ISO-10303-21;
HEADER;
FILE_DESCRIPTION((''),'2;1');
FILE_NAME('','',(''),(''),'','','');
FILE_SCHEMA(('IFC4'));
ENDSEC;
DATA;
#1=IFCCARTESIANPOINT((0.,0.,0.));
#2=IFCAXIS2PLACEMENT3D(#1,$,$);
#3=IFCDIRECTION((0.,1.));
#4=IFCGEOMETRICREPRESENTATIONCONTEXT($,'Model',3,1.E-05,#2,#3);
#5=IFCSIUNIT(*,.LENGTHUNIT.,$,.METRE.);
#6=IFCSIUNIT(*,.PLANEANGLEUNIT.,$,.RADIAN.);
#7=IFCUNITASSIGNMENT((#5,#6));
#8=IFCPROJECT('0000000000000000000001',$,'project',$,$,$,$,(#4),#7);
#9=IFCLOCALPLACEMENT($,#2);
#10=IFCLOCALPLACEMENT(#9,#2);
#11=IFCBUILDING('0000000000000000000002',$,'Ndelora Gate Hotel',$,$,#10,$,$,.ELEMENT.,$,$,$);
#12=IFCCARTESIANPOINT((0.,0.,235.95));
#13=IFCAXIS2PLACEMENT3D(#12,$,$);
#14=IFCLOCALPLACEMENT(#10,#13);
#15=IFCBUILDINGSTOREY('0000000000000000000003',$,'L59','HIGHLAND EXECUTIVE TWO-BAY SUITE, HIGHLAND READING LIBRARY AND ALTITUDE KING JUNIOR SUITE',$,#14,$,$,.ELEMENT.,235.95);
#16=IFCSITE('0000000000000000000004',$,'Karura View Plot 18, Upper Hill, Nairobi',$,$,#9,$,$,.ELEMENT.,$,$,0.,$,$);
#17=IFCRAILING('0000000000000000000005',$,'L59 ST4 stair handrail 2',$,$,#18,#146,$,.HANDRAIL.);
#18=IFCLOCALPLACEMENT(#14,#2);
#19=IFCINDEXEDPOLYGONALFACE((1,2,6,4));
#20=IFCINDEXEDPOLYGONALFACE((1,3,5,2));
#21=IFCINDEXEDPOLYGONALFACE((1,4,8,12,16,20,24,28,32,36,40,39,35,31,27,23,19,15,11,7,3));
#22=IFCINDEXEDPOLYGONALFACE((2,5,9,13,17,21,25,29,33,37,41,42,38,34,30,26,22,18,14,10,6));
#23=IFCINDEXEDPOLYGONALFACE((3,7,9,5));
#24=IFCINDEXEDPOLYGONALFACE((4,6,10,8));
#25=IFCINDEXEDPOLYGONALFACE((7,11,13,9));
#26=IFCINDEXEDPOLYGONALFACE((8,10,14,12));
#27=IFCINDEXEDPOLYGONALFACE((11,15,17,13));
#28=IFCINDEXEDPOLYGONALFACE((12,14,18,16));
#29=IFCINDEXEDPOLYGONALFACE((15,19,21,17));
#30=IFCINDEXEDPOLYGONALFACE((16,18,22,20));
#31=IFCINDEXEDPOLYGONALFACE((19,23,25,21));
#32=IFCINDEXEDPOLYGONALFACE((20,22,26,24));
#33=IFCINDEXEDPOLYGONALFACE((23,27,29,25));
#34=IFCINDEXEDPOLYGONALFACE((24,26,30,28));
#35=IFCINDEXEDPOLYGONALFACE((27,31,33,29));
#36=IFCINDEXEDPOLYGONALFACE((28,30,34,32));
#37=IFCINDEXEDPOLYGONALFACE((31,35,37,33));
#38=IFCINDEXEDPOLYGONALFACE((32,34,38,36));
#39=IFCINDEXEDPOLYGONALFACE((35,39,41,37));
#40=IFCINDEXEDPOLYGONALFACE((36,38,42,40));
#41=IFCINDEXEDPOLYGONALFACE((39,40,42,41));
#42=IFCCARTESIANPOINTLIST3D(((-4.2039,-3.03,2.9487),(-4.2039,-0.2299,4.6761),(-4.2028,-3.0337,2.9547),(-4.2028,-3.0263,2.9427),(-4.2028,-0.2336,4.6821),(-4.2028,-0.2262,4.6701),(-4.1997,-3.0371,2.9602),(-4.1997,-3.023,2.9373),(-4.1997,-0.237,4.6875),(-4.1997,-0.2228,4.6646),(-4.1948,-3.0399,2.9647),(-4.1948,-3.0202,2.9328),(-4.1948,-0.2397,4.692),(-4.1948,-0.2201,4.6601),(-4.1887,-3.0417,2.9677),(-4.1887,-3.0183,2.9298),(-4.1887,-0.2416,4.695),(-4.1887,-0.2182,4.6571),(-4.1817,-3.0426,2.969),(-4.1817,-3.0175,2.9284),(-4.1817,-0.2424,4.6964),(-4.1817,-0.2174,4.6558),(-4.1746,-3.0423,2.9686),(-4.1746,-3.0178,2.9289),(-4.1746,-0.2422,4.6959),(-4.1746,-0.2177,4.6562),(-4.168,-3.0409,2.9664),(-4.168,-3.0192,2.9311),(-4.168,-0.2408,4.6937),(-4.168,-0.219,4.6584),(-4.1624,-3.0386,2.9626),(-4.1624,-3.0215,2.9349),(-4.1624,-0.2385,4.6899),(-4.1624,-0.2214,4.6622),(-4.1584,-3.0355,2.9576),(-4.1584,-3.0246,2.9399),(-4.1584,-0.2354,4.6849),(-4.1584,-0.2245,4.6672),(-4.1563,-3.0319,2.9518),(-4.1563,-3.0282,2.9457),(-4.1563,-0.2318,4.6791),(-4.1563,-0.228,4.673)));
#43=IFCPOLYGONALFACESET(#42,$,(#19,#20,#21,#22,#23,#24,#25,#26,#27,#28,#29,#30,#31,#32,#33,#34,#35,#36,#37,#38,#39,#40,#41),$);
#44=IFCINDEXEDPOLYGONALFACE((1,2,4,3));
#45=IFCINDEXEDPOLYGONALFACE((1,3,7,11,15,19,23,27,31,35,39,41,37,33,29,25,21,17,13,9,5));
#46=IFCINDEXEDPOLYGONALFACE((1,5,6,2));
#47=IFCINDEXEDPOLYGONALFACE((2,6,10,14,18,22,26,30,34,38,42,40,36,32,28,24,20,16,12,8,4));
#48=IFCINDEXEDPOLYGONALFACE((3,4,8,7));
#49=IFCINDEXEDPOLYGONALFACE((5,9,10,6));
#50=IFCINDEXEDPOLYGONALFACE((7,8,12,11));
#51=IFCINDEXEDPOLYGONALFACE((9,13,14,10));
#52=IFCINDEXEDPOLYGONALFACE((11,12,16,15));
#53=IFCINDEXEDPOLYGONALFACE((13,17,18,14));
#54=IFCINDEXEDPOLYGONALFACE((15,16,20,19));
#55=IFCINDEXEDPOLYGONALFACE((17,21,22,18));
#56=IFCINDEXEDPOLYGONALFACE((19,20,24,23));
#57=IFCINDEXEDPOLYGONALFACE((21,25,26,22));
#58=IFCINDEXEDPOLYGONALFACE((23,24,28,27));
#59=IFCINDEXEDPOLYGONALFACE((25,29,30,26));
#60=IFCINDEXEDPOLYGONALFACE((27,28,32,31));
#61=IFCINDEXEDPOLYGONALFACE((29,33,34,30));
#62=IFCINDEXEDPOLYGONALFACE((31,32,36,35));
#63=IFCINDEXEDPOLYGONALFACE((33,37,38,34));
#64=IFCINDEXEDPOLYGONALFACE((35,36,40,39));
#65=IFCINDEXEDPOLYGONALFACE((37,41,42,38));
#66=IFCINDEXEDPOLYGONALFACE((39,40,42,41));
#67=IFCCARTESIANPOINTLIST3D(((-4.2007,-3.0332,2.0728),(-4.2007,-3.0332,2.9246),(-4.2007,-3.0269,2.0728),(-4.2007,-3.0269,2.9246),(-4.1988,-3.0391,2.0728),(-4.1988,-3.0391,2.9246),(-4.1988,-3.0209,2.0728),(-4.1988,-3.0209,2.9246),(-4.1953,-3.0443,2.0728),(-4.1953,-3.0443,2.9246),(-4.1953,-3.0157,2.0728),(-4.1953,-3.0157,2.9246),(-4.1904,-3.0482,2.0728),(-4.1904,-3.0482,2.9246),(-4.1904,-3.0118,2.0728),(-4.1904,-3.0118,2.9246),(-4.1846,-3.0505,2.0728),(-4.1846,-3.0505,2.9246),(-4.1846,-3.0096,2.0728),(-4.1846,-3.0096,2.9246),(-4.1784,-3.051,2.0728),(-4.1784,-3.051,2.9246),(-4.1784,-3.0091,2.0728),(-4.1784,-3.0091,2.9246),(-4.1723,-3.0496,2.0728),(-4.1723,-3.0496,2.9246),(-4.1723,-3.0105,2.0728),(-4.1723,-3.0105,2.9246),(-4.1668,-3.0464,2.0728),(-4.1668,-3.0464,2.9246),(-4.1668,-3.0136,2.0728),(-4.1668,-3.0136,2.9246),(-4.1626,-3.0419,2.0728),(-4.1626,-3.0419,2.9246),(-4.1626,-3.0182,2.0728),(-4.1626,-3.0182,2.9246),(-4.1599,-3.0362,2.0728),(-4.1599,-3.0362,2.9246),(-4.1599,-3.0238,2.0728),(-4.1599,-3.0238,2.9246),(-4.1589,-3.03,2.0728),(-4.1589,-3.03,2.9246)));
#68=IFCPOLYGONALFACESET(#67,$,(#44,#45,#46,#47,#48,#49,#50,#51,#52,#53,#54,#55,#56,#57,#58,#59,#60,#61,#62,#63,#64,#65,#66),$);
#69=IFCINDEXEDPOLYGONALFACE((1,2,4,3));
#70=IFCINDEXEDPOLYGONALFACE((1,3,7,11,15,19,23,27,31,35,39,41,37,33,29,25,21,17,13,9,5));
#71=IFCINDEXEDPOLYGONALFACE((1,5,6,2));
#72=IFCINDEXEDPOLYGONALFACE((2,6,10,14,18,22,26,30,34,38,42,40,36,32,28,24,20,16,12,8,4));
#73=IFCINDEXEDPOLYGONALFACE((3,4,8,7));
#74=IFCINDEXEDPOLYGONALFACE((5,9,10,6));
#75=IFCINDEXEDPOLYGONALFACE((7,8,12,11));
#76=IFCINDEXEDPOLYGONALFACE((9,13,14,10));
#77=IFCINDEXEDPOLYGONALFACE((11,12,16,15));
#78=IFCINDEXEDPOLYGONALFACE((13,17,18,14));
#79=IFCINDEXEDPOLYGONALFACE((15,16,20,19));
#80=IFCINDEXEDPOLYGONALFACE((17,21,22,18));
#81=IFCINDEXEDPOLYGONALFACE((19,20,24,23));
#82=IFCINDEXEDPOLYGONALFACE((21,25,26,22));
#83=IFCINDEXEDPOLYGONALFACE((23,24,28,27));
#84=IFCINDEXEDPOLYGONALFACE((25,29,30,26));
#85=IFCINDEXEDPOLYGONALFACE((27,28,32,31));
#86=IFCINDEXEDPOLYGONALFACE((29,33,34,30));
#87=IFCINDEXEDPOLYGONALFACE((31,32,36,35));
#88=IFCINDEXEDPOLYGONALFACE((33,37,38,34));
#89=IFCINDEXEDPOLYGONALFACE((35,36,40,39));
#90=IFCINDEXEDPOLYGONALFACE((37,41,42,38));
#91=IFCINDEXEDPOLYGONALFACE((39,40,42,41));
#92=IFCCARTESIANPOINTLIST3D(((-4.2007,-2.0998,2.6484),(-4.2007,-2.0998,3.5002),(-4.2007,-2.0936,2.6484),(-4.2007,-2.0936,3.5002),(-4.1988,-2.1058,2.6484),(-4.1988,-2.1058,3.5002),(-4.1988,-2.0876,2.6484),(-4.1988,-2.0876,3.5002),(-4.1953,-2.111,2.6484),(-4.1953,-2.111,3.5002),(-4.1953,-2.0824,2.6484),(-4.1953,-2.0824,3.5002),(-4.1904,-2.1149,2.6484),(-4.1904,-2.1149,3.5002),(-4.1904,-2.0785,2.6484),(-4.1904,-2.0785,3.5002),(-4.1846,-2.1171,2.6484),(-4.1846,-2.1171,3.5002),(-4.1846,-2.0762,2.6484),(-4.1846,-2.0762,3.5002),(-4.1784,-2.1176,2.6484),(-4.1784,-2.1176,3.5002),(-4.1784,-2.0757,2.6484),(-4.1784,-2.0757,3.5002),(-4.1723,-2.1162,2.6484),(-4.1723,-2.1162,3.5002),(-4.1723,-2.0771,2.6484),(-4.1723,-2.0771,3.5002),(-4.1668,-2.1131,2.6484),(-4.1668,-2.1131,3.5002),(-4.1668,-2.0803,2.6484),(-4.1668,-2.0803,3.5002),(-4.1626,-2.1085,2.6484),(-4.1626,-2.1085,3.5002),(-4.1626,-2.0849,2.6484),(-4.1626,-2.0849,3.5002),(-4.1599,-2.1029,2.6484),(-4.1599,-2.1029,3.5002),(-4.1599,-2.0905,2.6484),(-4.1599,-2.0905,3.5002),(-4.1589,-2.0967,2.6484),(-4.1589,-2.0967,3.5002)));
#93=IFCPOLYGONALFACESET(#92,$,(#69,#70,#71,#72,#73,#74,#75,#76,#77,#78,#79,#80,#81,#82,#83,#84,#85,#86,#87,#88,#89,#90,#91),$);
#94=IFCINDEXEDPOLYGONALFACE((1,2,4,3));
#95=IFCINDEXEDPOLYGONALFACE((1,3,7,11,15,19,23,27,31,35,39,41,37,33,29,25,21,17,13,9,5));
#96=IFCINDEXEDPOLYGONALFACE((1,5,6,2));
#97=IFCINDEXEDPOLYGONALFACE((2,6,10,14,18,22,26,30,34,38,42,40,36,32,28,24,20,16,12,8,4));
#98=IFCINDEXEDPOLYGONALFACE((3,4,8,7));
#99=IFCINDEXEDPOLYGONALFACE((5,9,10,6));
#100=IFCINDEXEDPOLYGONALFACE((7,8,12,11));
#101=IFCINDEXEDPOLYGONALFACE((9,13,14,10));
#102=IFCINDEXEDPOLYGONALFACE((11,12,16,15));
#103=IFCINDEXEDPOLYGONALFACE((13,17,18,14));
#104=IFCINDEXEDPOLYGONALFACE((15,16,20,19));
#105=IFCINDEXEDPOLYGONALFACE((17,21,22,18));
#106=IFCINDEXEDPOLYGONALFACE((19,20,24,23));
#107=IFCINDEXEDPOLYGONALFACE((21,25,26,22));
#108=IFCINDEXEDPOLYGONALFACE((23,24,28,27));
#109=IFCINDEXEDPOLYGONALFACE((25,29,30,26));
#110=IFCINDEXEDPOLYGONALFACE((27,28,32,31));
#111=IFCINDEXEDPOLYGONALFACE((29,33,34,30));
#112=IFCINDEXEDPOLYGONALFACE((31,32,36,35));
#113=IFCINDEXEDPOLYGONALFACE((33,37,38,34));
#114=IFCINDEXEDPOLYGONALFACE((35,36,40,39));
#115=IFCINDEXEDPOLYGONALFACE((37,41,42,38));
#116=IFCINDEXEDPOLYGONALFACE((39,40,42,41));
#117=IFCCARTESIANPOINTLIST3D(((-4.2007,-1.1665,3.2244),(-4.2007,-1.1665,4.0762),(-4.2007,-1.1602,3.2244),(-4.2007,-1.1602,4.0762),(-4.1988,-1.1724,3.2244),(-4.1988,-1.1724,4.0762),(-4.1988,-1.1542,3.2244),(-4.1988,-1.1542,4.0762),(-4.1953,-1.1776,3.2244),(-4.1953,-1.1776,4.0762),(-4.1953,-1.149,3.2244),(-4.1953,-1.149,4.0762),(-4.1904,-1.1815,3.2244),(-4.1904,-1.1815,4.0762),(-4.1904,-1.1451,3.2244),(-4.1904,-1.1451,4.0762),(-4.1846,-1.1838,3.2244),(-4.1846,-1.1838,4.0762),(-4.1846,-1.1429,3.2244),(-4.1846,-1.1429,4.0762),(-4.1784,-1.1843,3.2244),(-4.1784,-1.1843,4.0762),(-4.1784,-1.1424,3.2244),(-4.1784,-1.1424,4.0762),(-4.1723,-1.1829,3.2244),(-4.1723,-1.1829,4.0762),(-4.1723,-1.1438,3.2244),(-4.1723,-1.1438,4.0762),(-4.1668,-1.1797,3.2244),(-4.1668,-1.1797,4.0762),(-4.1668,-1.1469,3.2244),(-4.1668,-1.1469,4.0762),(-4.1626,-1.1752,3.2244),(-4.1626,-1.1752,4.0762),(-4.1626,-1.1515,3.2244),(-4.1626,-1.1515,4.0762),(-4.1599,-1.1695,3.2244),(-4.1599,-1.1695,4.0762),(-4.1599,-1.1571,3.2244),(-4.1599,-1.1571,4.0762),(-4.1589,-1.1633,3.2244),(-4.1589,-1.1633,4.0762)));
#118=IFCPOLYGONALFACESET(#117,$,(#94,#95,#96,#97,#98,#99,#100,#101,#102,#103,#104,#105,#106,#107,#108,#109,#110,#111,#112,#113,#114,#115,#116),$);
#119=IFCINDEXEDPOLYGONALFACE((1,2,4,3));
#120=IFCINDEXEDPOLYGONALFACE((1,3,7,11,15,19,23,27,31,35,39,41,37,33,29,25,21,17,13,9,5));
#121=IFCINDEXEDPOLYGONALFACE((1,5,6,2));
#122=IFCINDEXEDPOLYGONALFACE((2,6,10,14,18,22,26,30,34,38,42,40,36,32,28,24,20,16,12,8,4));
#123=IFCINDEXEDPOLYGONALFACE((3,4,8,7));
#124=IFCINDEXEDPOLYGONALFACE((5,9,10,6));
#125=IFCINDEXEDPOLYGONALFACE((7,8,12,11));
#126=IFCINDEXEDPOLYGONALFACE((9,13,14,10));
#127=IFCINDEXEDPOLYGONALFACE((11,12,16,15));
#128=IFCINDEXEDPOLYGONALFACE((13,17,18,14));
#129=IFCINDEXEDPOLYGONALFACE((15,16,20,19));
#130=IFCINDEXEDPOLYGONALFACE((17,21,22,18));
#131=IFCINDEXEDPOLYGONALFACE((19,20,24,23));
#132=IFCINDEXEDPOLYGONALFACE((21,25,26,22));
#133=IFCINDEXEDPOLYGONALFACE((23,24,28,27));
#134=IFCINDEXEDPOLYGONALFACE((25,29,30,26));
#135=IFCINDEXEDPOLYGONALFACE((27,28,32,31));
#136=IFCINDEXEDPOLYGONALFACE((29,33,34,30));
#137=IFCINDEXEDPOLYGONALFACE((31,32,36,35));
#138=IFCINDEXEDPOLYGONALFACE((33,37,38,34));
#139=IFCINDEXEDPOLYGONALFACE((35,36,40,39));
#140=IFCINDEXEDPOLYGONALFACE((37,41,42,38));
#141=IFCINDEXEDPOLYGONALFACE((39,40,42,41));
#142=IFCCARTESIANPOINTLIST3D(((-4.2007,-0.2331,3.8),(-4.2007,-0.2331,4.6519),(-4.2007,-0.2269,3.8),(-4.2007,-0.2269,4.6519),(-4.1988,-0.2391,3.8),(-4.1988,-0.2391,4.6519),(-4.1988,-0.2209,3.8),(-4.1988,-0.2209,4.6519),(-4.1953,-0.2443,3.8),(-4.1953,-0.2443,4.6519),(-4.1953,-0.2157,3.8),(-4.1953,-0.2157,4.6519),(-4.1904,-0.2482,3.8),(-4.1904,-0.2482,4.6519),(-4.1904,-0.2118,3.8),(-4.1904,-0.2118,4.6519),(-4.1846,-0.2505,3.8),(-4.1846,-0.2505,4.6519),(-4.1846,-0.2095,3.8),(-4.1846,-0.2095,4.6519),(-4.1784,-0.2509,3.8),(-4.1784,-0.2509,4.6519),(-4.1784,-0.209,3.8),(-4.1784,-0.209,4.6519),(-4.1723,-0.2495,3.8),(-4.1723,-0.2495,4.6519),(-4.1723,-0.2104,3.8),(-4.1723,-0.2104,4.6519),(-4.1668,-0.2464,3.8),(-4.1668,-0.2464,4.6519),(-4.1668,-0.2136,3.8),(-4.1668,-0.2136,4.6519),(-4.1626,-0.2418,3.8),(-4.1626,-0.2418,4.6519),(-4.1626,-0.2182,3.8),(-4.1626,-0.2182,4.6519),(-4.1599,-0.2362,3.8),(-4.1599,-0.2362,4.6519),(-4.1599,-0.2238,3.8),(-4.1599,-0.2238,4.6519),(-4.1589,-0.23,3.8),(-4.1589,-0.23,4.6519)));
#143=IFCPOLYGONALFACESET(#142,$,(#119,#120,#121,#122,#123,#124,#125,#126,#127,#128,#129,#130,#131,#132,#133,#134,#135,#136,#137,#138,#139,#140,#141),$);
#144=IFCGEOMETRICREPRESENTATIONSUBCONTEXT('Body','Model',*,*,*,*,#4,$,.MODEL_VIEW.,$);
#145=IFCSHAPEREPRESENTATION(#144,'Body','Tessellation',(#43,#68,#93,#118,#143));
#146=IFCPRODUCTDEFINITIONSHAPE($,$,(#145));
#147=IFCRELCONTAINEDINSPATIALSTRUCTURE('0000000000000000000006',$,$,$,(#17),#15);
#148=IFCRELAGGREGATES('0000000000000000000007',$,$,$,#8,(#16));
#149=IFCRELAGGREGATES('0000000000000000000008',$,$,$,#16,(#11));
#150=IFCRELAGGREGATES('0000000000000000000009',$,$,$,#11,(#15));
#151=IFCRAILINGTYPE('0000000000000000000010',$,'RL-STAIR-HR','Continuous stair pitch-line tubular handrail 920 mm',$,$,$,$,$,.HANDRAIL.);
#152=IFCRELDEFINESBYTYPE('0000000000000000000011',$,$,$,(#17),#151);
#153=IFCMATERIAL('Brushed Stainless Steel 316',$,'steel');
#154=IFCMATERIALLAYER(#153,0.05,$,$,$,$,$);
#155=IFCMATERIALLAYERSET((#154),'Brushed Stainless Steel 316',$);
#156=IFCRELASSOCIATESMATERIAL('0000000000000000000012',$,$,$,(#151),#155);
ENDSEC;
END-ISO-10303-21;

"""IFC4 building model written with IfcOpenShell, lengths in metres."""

from ifc_helpers import new_model, si_unit, direction, frame, origin, origin_2d, place, context, subcontext, project, spatial, circle, extrude, material, layer, layer_set, type_object, element, save


model = new_model("IFC4")

# Units and contexts
model_context = context("Model", 3, precision=1e-05, world=origin(), true_north=direction((0.0, 1.0)))
body_context = subcontext(model_context, "Body", "Model", "MODEL_VIEW")
ifc_project = project(units=[si_unit("LENGTHUNIT", "METRE"), si_unit("PLANEANGLEUNIT", "RADIAN")], contexts=[model_context])

# Site, building, storey
site_placement = place(None, origin())
site = spatial("IfcSite", under=ifc_project, at=site_placement, Name="Karura View Plot 18, Upper Hill, Nairobi", CompositionType="ELEMENT", RefElevation=0.0)
building_placement = place(site_placement, origin())
building = spatial("IfcBuilding", under=site, at=building_placement, Name="Ndelora Gate Hotel", CompositionType="ELEMENT")
storey_placement = place(building_placement, frame((0.0, 0.0, 235.95)))
storey = spatial("IfcBuildingStorey", under=building, at=storey_placement, Name="L59", Description="HIGHLAND EXECUTIVE TWO-BAY SUITE, HIGHLAND READING LIBRARY AND ALTITUDE KING JUNIOR SUITE", CompositionType="ELEMENT", Elevation=235.95)

# Railing
ifc_material_1 = material(Name="Brushed Stainless Steel 316", Category="steel")
ifc_layer_1 = layer(ifc_material_1, 0.05)
ifc_layer_set_1 = layer_set([ifc_layer_1], Name="Brushed Stainless Steel 316")
railing_type_1 = type_object("IfcRailingType", Name="RL-STAIR-HR", Description="Continuous stair pitch-line tubular handrail 920 mm", PredefinedType="HANDRAIL", material=ifc_layer_set_1)
railing_1_placement = place(storey_placement, frame((-4.1799, -3.03, 2.0728)))
element("IfcRailing", 1, at=railing_1_placement, inside=storey, type_object=railing_type_1, Name="L59 ST4 stair handrail 2", PredefinedType="HANDRAIL", context=body_context, shape_type="SweptSolid", body=[
    extrude(circle(Radius=0.0239, at=origin_2d()), frame((0.0, 0.0, 0.876), z_axis=(0.0, 0.85109, 0.52502), x_axis=(-1.0, 0.0, 0.0)), (0.0, 0.0, 1.0), 3.29),
    extrude(circle(Radius=0.021, at=origin_2d()), origin(), (0.0, 0.0, 1.0), 0.8518),
    extrude(circle(Radius=0.021, at=origin_2d()), frame((0.0, 0.9333, 0.5757)), (0.0, 0.0, 1.0), 0.8518),
    extrude(circle(Radius=0.021, at=origin_2d()), frame((0.0, 1.8667, 1.1516)), (0.0, 0.0, 1.0), 0.8518),
    extrude(circle(Radius=0.021, at=origin_2d()), frame((0.0, 2.8, 1.7273)), (0.0, 0.0, 1.0), 0.8518),
])

save(model, "model.ifc")
